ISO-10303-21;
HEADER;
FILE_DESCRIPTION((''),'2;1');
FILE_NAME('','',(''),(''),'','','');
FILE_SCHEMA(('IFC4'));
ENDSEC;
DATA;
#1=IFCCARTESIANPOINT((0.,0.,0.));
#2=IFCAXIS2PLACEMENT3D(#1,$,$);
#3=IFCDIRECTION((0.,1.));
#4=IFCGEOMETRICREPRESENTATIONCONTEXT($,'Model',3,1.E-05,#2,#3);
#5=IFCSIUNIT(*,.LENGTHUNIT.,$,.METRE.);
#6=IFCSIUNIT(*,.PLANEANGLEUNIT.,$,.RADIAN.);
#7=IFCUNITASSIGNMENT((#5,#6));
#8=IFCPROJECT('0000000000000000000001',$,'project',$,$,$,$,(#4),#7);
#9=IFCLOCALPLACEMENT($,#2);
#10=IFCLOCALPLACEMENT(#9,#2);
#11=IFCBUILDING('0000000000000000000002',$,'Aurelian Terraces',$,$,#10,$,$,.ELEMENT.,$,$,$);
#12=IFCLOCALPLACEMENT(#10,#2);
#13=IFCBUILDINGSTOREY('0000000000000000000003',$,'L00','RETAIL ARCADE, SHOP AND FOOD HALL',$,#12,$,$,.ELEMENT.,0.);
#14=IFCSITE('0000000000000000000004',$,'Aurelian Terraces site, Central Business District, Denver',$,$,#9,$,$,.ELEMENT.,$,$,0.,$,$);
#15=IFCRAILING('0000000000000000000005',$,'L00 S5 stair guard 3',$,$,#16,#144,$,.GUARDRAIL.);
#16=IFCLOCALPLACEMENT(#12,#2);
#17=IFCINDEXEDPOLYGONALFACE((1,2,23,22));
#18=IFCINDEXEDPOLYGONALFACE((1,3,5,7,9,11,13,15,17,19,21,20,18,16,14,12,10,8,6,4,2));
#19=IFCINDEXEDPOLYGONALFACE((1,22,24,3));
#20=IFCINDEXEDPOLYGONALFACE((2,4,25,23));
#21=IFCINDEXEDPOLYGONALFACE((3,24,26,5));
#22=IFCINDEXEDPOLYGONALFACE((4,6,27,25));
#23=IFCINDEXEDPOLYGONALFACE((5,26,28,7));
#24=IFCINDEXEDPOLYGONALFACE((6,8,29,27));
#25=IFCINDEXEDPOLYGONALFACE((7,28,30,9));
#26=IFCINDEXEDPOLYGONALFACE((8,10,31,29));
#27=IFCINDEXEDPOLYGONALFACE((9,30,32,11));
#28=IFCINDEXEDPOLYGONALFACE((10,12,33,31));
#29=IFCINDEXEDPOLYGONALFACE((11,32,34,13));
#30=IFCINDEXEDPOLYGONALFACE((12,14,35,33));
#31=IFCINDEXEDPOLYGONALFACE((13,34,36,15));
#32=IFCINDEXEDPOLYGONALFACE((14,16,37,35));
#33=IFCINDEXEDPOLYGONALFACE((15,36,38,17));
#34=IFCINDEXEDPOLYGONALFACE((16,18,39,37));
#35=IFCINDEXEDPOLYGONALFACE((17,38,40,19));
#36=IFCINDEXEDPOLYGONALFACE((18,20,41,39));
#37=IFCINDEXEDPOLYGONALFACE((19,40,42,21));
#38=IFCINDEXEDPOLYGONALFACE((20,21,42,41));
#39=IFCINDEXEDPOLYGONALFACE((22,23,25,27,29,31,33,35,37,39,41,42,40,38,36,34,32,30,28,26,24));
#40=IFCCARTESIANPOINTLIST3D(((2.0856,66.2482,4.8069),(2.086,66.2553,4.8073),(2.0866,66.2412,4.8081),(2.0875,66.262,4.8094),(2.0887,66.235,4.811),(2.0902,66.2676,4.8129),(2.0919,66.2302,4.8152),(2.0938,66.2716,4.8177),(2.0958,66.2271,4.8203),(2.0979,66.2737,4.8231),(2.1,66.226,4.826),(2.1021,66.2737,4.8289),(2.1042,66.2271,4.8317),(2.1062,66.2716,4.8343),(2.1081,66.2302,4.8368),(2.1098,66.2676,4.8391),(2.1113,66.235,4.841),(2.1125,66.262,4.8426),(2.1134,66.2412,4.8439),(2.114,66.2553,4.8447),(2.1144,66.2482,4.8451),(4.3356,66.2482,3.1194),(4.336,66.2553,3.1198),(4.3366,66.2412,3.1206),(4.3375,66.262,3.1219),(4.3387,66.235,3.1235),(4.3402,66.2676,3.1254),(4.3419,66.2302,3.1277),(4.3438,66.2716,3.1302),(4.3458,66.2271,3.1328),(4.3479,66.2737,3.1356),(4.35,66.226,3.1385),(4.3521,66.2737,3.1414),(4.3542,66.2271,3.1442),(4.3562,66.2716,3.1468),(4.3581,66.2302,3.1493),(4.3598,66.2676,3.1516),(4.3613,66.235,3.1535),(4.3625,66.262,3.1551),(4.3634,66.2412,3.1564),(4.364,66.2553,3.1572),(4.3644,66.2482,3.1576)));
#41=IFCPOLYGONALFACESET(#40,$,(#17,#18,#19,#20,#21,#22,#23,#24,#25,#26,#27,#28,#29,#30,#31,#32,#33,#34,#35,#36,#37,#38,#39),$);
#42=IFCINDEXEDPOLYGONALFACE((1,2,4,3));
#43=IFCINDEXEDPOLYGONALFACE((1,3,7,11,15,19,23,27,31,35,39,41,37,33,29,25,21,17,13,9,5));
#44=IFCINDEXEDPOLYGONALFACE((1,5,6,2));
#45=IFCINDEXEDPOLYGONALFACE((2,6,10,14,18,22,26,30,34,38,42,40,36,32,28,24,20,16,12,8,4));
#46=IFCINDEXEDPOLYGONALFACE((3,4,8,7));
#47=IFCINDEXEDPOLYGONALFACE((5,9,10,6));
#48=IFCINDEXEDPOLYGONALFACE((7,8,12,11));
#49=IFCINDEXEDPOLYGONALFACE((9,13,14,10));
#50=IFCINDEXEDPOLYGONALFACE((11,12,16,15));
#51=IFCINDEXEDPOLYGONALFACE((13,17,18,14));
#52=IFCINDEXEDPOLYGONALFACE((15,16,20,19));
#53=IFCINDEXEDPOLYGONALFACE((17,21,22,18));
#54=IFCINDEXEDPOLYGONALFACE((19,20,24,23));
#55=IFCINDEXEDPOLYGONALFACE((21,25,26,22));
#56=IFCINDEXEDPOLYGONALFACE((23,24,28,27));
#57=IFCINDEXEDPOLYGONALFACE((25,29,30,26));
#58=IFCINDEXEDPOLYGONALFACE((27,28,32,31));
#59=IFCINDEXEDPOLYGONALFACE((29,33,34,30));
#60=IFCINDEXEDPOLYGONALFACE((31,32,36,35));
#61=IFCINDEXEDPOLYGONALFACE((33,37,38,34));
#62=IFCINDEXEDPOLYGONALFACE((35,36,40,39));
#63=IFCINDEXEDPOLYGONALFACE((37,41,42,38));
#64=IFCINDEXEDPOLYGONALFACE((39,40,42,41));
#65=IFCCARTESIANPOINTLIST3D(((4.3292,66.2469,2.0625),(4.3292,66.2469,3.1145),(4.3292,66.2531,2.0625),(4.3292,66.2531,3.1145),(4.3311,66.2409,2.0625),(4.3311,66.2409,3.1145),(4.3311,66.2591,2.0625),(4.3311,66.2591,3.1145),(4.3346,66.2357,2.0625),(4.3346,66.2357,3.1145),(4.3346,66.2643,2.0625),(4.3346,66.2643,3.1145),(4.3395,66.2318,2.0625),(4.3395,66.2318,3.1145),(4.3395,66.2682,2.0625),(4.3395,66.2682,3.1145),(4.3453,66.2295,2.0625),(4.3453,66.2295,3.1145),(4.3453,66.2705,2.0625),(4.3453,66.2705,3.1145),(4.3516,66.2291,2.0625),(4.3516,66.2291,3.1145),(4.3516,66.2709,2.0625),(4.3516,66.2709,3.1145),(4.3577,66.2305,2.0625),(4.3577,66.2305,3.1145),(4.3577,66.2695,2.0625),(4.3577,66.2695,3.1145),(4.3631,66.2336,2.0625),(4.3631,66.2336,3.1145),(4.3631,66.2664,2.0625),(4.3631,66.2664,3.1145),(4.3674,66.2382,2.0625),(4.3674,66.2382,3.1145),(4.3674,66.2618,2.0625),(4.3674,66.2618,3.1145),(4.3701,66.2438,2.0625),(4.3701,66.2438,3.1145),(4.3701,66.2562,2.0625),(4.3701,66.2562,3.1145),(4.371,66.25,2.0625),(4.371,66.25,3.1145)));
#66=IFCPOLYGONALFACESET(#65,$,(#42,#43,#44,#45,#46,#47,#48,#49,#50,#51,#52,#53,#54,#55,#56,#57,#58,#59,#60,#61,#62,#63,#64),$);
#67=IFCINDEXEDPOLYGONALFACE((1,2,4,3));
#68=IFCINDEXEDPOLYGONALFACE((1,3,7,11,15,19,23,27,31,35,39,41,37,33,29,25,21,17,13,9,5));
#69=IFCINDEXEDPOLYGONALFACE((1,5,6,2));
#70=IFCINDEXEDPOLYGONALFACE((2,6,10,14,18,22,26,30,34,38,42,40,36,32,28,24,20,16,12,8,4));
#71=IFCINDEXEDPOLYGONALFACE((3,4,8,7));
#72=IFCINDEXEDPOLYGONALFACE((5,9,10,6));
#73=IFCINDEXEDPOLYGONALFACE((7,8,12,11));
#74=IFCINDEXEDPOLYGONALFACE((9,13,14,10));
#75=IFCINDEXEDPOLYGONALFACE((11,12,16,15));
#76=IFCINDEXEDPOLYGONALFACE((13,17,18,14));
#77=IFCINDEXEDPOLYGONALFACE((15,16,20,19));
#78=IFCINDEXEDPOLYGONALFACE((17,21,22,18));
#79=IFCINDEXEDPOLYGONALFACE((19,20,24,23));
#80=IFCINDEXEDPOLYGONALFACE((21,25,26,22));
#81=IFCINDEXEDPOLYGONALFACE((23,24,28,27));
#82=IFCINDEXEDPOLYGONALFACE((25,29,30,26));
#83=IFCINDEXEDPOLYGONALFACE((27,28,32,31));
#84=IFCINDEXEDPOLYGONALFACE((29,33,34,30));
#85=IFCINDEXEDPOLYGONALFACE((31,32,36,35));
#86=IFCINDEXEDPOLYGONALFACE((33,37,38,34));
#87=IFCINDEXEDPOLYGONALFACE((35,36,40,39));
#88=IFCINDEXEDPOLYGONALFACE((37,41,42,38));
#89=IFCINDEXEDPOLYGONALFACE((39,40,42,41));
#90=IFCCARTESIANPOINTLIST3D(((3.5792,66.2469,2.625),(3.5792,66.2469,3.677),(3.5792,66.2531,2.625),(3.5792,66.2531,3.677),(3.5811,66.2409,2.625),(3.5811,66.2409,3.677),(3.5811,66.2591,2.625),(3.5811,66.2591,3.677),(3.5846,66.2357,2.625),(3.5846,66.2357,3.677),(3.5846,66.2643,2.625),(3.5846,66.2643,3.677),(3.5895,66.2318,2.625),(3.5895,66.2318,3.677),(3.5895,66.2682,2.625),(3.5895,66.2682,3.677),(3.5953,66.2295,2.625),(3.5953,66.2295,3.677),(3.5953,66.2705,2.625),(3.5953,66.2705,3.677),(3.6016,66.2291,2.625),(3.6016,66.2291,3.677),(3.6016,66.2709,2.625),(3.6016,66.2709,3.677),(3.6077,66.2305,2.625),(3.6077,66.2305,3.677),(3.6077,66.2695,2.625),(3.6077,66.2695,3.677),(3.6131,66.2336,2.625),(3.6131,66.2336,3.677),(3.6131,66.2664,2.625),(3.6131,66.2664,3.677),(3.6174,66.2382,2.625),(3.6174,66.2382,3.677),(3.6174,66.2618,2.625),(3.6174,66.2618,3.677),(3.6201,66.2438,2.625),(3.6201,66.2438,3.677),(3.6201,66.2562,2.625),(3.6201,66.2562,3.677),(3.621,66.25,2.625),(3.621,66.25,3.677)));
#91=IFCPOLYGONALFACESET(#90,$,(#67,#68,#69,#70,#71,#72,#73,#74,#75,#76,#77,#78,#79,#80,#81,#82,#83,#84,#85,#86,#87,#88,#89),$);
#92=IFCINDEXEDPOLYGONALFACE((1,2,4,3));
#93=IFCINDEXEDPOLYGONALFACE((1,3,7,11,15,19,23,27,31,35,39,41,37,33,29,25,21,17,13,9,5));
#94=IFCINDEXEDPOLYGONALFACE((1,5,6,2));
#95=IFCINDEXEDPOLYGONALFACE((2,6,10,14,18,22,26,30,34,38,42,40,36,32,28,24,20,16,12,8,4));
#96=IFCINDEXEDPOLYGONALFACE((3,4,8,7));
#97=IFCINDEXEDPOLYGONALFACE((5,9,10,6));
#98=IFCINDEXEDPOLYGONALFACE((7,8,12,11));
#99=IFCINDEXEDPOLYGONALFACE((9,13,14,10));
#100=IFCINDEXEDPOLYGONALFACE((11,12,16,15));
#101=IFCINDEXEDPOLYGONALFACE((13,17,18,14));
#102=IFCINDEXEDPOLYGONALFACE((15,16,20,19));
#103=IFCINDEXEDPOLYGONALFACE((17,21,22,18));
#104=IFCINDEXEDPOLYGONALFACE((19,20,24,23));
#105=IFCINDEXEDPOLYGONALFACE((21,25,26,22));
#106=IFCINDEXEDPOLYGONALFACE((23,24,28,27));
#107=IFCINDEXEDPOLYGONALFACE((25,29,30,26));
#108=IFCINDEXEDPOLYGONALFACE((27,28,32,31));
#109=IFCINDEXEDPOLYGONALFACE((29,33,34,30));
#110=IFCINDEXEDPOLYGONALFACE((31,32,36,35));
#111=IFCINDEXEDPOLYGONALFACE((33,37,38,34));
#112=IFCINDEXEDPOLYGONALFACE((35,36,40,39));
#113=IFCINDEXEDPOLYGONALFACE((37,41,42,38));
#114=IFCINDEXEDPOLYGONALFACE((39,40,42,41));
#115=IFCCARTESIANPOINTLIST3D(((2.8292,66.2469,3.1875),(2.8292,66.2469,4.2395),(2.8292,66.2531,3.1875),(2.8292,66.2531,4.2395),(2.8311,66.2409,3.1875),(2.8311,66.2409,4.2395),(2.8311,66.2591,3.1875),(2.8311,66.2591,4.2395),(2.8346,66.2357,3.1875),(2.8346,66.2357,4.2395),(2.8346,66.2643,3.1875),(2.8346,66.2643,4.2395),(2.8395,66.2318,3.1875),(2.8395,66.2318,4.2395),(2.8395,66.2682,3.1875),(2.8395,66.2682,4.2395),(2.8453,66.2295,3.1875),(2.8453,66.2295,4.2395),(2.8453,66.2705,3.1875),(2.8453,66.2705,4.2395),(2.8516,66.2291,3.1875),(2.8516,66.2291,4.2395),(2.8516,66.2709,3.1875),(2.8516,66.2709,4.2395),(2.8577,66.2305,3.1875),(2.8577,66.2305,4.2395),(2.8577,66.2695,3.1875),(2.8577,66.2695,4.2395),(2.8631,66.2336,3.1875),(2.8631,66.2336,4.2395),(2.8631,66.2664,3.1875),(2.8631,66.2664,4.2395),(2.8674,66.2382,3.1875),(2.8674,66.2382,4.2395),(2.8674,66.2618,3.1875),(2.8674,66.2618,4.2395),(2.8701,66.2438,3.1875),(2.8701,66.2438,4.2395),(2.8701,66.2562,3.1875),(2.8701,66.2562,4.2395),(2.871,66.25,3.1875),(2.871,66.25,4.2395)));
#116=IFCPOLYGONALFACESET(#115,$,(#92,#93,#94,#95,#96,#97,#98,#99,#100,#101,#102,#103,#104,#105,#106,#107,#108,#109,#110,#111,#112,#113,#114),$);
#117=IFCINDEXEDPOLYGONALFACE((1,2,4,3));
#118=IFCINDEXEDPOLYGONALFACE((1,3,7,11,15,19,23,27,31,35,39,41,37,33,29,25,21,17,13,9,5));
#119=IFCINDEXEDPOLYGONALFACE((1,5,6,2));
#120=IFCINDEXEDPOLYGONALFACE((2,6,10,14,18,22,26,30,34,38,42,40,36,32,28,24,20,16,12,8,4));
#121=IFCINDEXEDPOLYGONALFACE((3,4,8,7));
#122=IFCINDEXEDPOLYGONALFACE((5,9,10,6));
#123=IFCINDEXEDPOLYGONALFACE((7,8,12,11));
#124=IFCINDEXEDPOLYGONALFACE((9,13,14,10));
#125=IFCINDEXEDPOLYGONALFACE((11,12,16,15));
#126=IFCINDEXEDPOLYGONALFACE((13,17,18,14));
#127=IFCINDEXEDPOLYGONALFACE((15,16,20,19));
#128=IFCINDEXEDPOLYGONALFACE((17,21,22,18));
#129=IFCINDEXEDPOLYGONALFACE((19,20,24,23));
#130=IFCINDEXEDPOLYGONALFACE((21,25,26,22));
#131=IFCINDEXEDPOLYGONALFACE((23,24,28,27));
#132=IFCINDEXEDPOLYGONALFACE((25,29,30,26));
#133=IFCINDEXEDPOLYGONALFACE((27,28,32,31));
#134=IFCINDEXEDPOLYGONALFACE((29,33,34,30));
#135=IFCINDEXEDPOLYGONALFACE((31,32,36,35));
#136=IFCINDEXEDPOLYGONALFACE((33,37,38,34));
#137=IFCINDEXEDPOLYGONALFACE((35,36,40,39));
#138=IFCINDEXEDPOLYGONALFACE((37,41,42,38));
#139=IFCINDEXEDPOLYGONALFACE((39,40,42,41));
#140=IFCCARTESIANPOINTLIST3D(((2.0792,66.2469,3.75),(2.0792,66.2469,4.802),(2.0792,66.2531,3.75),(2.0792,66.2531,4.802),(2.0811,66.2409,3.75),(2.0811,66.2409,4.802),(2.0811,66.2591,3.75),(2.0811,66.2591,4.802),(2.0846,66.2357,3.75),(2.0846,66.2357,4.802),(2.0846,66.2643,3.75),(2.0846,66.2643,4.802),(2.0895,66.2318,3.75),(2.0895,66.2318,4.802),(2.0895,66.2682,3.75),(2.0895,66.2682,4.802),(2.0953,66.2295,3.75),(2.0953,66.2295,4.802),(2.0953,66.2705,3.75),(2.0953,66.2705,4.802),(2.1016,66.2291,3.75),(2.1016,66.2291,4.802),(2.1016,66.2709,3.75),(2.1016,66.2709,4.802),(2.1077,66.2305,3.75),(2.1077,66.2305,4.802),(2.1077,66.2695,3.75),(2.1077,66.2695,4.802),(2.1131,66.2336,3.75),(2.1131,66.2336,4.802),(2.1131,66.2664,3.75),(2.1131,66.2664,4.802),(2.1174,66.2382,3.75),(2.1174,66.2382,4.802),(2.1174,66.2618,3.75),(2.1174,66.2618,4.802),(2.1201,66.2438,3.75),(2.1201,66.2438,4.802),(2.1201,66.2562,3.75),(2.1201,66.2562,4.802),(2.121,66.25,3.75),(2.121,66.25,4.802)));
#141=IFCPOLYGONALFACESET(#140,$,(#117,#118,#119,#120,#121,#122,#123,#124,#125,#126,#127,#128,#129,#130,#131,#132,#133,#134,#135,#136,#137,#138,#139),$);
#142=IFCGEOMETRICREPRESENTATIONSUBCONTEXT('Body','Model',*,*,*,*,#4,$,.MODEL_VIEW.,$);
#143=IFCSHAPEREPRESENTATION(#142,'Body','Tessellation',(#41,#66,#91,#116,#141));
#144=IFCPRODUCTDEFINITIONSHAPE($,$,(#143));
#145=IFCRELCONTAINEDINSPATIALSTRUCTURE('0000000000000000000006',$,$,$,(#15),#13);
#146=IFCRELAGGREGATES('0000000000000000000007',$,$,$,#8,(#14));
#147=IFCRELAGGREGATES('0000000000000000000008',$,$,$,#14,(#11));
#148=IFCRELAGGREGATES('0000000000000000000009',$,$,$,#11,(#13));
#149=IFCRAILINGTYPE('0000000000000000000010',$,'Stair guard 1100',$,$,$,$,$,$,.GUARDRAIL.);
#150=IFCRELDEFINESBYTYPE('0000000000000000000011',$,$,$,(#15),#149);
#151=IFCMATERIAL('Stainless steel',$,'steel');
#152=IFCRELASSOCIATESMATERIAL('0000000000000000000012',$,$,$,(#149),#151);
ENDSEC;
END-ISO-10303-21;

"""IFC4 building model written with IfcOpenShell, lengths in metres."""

from ifc_helpers import new_model, si_unit, direction, frame, origin, origin_2d, place, context, subcontext, project, spatial, circle, extrude, source, transform, mapped, material, type_object, element, save


model = new_model("IFC4")

# Units and contexts
model_context = context("Model", 3, precision=1e-05, world=origin(), true_north=direction((0.0, 1.0)))
body_context = subcontext(model_context, "Body", "Model", "MODEL_VIEW")
ifc_project = project(units=[si_unit("LENGTHUNIT", "METRE"), si_unit("PLANEANGLEUNIT", "RADIAN")], contexts=[model_context])

# Site, building, storey
site_placement = place(None, origin())
site = spatial("IfcSite", under=ifc_project, at=site_placement, Name="Aurelian Terraces site, Central Business District, Denver", CompositionType="ELEMENT", RefElevation=0.0)
building_placement = place(site_placement, origin())
building = spatial("IfcBuilding", under=site, at=building_placement, Name="Aurelian Terraces", CompositionType="ELEMENT")
storey_placement = place(building_placement, origin())
storey = spatial("IfcBuildingStorey", under=building, at=storey_placement, Name="L00", Description="RETAIL ARCADE, SHOP AND FOOD HALL", CompositionType="ELEMENT", Elevation=0.0)

# Railing
ifc_material_1 = material(Name="Stainless steel", Category="steel")
railing_type_1 = type_object("IfcRailingType", Name="Stair guard 1100", PredefinedType="GUARDRAIL", material=ifc_material_1)
shared_shape_1 = source(origin(), body_context, "Body", "SweptSolid", [
    extrude(circle(Radius=0.024, at=origin_2d()), frame((0.0, 0.0, 1.076), z_axis=(-0.8, 0.0, 0.6), x_axis=(0.0, -1.0, 0.0)), (0.0, 0.0, 1.0), 2.8125),
    extrude(circle(Radius=0.021, at=origin_2d()), origin(), (0.0, 0.0, 1.0), 1.052),
    extrude(circle(Radius=0.021, at=origin_2d()), frame((-0.75, 0.0, 0.5625)), (0.0, 0.0, 1.0), 1.052),
    extrude(circle(Radius=0.021, at=origin_2d()), frame((-1.5, 0.0, 1.125)), (0.0, 0.0, 1.0), 1.052),
    extrude(circle(Radius=0.021, at=origin_2d()), frame((-2.25, 0.0, 1.6875)), (0.0, 0.0, 1.0), 1.052),
])
for number, where, name in (
    (1, (4.35, 66.25, 2.0625), "L00 S5 stair guard 3"),
):
    element("IfcRailing", number, at=place(storey_placement, frame(where)), inside=storey, type_object=railing_type_1, Name=name, PredefinedType="GUARDRAIL", context=body_context, shape_type="MappedRepresentation", body=[
        mapped(shared_shape_1, transform((0.0, 0.0, 0.0), scale=1.0)),
    ])

save(model, "model.ifc")
